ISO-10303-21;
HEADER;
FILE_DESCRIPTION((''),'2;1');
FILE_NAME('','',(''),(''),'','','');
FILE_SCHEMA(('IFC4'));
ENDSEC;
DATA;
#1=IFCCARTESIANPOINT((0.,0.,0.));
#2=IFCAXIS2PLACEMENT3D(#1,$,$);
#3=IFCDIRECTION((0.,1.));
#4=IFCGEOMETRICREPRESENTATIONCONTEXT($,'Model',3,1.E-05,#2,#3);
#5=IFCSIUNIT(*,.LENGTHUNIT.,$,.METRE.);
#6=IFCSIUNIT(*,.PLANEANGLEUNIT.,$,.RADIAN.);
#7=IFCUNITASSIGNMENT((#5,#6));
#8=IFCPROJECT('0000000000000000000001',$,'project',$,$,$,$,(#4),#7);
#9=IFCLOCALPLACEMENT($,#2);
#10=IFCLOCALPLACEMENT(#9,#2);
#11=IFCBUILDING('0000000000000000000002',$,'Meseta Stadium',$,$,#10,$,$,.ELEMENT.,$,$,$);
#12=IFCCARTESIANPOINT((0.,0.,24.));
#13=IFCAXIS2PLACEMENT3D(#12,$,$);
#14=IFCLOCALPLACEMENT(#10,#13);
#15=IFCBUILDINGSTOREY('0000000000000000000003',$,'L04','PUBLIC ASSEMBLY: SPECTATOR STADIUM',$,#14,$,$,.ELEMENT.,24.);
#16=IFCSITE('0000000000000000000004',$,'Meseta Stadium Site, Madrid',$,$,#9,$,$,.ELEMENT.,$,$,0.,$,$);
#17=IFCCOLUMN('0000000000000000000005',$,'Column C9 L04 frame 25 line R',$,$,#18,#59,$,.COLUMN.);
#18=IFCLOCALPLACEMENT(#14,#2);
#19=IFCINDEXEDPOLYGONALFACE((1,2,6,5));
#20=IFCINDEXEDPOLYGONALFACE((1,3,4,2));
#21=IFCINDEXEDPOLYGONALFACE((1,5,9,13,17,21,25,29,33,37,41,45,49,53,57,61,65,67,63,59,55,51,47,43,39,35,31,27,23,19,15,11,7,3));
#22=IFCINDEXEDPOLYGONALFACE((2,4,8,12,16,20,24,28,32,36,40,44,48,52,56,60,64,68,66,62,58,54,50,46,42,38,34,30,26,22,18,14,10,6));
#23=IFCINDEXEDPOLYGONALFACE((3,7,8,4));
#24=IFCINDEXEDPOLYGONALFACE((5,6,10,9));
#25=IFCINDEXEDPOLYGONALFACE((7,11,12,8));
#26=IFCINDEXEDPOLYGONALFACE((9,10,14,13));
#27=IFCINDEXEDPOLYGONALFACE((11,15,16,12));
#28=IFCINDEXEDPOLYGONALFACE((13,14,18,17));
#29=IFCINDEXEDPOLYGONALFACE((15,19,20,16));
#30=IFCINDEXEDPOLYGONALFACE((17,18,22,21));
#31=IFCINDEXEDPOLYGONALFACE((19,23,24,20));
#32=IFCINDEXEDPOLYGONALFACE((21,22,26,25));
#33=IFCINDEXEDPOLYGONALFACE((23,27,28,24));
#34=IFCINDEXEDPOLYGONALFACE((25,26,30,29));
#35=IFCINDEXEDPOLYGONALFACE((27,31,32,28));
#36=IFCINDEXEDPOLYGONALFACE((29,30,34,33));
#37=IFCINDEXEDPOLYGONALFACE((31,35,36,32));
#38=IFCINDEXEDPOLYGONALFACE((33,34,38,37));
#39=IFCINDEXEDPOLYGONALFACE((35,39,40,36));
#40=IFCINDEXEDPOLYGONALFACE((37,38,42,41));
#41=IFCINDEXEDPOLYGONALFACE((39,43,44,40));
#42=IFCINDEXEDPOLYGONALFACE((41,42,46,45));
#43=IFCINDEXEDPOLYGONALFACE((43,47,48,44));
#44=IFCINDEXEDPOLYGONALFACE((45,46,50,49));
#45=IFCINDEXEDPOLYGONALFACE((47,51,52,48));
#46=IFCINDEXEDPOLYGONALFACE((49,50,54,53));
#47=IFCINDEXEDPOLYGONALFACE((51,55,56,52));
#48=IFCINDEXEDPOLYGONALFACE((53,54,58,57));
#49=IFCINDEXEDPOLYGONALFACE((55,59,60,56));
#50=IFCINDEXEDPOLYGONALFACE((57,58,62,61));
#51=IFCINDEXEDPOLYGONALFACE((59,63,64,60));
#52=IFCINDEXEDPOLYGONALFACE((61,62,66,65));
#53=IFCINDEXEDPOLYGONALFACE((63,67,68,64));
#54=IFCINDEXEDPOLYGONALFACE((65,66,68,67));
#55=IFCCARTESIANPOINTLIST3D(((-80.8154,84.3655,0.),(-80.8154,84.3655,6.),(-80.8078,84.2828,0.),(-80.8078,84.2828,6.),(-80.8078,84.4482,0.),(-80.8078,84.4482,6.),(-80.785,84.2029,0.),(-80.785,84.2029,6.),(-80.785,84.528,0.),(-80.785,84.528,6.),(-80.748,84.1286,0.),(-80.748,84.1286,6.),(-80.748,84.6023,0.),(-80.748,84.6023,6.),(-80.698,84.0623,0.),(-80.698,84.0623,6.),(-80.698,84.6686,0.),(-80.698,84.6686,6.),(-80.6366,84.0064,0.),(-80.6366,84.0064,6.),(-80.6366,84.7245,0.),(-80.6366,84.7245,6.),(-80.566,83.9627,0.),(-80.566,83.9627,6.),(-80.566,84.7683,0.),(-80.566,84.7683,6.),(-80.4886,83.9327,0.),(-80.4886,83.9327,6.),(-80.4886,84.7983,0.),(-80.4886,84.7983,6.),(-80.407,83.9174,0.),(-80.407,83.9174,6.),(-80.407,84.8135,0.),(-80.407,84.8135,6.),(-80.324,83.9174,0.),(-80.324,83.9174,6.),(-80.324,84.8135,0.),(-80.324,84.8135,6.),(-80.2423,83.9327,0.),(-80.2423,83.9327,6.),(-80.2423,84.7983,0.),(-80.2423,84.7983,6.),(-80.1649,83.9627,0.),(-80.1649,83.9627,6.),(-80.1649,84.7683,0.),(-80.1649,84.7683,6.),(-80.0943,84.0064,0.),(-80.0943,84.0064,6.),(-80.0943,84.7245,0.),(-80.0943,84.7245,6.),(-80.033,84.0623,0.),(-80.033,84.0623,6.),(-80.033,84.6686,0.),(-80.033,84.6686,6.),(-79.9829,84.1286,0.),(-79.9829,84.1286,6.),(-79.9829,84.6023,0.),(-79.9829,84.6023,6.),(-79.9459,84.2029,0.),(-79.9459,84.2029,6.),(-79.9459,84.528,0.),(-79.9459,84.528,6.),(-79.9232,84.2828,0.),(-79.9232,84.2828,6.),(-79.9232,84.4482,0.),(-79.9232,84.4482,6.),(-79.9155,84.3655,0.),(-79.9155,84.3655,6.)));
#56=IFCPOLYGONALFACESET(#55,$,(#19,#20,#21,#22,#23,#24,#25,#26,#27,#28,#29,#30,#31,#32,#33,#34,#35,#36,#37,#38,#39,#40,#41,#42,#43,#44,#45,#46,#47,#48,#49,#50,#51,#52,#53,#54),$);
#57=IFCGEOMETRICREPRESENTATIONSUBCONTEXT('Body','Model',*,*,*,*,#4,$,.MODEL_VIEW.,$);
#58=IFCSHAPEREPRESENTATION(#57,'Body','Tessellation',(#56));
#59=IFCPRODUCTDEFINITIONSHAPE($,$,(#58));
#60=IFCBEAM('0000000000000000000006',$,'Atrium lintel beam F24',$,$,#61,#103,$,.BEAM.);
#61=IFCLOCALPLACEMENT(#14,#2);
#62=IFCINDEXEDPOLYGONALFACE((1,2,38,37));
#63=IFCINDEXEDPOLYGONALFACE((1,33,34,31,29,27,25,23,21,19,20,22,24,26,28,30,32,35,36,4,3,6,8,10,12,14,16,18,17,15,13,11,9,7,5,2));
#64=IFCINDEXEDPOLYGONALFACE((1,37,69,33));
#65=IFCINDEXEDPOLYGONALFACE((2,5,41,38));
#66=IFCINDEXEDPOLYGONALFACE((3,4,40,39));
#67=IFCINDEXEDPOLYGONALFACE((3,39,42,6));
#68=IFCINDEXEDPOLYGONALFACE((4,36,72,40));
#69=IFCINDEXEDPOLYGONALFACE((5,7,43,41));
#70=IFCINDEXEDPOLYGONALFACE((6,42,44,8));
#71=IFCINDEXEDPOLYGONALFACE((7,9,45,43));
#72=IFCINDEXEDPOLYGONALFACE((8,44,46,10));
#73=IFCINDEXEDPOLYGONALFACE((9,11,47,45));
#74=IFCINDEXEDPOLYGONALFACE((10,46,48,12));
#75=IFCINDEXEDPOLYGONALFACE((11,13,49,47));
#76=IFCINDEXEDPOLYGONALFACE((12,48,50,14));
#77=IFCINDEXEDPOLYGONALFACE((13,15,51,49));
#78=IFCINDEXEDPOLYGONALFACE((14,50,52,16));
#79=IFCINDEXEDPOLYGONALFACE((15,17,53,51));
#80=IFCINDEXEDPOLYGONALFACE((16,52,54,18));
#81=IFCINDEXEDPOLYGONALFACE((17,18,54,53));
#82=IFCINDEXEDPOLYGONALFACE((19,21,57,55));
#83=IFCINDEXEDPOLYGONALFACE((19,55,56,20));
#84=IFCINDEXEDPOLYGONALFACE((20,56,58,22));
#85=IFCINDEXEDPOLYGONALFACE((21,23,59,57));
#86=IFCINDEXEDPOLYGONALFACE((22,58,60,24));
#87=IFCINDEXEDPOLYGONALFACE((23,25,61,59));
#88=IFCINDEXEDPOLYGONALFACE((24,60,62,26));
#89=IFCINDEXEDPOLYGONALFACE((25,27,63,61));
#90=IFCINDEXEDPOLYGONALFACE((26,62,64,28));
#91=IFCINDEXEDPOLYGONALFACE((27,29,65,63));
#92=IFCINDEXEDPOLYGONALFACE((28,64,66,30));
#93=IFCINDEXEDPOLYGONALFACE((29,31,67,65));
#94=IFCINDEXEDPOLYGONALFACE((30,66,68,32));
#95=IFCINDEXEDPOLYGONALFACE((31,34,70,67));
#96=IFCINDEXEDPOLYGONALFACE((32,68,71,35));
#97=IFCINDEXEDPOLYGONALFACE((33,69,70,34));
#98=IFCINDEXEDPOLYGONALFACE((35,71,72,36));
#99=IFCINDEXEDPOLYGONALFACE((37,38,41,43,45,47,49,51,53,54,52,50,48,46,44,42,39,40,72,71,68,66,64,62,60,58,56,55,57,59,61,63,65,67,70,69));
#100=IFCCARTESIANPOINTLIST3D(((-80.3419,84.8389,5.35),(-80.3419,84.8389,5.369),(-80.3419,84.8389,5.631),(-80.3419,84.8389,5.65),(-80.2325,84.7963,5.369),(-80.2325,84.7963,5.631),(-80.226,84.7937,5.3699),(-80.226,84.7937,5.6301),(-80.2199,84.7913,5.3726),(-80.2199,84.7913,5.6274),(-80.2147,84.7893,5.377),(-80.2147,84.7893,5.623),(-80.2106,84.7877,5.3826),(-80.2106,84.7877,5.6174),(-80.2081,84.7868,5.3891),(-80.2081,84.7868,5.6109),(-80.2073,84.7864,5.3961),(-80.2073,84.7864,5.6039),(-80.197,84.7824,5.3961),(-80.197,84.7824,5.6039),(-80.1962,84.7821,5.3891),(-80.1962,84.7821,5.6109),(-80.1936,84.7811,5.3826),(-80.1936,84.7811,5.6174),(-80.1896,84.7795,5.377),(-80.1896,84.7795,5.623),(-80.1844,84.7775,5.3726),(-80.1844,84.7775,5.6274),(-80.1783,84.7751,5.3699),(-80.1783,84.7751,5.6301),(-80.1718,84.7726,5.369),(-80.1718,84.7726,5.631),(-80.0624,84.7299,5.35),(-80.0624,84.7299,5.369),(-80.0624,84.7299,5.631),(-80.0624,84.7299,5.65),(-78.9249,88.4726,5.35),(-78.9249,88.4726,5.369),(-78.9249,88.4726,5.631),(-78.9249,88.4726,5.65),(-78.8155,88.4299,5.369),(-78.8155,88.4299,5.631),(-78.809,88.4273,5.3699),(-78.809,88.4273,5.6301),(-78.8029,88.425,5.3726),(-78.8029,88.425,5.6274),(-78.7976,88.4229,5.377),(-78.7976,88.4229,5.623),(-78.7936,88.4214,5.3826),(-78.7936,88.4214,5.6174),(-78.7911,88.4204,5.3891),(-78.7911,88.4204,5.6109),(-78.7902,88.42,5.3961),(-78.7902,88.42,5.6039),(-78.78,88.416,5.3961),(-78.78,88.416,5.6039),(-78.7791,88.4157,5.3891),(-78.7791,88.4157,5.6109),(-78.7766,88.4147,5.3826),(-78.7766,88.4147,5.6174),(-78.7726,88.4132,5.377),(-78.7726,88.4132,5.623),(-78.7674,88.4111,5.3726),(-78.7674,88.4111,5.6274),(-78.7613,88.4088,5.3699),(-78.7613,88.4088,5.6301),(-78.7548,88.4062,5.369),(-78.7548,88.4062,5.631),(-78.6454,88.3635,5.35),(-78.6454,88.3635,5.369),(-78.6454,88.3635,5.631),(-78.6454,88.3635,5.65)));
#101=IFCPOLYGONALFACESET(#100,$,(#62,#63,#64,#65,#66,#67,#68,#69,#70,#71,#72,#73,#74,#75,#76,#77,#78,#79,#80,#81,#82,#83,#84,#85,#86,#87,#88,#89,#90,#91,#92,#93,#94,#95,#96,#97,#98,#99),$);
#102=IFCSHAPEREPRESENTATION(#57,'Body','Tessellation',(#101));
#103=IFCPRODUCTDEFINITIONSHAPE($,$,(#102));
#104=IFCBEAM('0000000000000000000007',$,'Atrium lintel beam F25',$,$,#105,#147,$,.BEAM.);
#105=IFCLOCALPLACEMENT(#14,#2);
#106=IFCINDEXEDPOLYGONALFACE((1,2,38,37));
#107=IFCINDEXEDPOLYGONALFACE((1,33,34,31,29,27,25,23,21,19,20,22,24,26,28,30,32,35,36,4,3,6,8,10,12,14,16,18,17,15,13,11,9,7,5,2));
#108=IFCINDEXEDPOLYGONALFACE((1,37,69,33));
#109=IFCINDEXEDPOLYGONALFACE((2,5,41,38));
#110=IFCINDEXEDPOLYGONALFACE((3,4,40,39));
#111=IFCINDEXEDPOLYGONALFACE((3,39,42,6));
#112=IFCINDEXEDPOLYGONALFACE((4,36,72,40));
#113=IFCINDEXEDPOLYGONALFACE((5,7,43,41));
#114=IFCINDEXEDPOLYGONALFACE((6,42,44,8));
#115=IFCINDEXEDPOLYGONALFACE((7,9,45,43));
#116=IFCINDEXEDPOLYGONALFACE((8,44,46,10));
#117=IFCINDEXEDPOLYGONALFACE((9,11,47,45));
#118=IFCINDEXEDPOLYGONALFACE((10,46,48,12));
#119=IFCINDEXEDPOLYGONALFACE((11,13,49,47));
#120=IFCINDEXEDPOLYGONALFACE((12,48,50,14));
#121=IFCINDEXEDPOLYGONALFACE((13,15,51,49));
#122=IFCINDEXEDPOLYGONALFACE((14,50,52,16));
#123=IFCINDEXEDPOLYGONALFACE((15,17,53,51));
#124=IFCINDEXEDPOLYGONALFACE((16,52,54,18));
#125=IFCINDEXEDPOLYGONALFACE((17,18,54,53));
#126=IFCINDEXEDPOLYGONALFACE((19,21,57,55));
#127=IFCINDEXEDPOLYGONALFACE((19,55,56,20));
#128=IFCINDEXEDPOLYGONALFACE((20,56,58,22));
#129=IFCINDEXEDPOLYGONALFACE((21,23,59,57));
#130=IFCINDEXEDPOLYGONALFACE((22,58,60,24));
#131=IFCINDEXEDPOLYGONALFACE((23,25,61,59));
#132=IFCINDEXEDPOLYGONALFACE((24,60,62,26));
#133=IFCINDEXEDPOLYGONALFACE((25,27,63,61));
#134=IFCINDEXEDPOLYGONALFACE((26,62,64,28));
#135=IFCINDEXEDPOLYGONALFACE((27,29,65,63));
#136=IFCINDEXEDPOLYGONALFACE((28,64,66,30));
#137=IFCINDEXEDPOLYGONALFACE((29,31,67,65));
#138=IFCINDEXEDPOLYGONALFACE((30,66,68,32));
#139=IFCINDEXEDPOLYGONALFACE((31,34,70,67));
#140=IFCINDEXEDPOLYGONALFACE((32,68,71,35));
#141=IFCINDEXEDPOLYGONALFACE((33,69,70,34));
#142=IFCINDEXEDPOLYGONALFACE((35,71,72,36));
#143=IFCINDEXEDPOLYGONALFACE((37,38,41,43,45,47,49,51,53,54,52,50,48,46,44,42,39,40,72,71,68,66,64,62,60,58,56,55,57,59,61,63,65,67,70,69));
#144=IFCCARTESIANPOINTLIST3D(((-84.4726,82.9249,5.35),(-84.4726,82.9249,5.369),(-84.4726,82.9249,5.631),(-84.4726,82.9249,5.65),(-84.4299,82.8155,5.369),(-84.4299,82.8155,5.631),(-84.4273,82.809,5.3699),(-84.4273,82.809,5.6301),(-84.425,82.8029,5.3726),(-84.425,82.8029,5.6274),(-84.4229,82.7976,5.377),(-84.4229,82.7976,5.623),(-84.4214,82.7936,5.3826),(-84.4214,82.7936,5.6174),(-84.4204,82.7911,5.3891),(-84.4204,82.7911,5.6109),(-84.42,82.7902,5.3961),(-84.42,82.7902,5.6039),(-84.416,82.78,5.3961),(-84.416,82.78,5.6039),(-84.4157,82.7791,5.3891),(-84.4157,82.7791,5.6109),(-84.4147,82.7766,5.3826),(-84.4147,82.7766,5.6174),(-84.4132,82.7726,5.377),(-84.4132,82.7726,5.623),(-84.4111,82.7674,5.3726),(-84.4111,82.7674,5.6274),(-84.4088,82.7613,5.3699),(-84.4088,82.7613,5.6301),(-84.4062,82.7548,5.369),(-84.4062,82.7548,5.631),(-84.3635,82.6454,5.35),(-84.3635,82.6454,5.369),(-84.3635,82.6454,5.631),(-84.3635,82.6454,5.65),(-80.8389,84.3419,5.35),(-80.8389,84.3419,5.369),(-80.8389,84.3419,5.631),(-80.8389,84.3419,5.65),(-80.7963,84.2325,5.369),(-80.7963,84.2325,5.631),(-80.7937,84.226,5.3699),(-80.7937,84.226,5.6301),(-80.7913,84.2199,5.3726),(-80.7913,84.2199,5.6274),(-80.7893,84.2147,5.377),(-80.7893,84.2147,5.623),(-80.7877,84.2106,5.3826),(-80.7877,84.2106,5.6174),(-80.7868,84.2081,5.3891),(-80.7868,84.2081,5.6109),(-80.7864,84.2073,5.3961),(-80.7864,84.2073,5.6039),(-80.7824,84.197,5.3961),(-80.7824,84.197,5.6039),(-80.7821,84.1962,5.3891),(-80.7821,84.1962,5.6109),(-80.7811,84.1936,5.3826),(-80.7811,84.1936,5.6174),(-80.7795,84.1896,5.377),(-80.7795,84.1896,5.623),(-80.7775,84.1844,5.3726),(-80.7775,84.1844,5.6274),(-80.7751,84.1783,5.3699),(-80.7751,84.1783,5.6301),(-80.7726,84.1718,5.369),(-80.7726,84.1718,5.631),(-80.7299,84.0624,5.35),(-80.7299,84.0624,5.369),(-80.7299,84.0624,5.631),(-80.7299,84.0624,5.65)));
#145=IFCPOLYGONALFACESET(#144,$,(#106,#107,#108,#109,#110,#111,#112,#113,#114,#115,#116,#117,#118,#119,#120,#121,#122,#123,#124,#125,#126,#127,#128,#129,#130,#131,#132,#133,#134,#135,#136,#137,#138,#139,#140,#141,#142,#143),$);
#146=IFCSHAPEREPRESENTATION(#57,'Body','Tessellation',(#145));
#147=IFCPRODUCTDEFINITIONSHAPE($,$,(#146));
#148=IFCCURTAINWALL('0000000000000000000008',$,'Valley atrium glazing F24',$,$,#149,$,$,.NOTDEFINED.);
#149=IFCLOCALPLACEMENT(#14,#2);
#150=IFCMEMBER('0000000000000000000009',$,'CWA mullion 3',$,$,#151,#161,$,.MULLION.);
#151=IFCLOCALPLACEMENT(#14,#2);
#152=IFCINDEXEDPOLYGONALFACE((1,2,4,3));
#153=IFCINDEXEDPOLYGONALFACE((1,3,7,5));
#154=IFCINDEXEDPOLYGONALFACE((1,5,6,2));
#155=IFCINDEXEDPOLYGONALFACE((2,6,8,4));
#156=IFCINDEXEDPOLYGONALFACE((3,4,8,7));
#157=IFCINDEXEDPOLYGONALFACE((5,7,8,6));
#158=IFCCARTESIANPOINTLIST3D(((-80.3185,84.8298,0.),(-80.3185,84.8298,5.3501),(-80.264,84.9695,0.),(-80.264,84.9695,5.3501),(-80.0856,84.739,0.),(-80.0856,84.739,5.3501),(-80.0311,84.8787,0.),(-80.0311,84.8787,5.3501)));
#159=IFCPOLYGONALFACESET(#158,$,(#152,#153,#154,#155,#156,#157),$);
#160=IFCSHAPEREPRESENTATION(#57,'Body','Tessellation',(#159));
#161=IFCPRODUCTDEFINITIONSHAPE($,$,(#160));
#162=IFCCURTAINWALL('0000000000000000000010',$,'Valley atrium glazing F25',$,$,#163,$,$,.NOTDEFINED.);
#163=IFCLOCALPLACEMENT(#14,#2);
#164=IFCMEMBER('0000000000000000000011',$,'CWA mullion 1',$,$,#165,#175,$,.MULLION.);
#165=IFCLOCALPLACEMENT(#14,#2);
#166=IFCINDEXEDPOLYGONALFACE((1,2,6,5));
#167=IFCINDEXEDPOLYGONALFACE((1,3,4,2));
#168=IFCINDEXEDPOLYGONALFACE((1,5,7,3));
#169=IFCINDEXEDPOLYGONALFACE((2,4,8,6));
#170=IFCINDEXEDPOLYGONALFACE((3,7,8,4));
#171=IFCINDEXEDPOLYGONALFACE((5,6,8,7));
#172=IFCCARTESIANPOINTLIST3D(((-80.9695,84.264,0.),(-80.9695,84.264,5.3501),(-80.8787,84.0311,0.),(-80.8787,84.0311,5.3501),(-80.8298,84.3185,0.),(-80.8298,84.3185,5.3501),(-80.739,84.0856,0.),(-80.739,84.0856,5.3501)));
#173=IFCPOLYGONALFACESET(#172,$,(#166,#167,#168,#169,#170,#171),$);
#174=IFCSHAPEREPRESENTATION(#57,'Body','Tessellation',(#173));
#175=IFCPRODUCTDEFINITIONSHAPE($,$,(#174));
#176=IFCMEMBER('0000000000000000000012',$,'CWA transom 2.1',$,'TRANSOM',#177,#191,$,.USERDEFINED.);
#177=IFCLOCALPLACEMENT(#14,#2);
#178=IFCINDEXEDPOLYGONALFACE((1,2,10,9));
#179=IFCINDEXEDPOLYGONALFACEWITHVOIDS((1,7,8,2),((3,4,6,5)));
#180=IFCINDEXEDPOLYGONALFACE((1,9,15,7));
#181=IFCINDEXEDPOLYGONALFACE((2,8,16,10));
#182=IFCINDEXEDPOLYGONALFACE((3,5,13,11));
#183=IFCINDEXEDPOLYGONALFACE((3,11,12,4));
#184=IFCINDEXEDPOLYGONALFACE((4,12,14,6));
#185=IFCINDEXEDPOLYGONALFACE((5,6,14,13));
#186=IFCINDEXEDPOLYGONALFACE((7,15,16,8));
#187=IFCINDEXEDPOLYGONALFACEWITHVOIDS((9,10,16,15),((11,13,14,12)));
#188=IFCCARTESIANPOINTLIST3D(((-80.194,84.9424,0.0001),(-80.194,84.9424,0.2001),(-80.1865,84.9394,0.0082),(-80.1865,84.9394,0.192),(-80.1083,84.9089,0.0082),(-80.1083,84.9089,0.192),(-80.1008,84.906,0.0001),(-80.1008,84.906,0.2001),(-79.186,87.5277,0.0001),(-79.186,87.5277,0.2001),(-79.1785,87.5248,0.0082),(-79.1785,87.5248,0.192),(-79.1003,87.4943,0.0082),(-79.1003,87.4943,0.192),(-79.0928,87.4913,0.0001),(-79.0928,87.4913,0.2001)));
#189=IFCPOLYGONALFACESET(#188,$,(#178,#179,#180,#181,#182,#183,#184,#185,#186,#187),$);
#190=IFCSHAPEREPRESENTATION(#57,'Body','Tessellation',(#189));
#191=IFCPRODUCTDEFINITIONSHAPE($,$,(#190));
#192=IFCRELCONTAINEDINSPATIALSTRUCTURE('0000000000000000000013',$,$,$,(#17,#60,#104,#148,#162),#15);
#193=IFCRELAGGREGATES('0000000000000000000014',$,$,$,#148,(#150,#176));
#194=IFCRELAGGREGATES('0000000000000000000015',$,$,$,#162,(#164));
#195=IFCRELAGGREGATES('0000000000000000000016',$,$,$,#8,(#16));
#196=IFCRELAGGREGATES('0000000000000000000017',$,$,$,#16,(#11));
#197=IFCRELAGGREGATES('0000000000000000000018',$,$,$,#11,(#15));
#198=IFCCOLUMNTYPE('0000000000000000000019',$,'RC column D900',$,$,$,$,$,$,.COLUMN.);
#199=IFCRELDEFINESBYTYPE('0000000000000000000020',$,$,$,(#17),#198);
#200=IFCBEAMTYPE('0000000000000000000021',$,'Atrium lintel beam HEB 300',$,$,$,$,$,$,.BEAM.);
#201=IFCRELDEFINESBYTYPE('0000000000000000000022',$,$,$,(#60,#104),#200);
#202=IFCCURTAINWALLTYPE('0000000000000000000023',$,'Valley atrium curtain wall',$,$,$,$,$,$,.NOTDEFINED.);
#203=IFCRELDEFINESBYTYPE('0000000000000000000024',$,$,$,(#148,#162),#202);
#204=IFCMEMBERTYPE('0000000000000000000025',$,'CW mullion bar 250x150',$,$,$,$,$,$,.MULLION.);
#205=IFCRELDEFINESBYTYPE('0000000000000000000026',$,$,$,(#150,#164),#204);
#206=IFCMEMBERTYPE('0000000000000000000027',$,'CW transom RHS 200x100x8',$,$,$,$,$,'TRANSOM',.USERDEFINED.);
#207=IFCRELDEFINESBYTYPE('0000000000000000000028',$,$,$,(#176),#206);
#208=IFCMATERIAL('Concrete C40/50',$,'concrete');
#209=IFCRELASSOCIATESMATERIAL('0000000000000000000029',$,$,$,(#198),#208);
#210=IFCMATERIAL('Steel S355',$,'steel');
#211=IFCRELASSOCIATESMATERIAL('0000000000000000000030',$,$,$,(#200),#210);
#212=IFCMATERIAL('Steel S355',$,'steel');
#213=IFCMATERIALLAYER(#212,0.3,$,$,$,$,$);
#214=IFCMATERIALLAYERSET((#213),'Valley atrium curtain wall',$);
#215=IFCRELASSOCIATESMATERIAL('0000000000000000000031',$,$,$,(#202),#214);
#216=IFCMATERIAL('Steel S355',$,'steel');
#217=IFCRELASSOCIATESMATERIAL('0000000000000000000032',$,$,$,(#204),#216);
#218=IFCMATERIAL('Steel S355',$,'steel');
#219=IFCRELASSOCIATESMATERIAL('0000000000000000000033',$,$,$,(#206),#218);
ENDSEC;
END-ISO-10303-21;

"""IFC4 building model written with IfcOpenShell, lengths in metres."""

from ifc_helpers import new_model, si_unit, direction, frame, origin, origin_2d, place, context, subcontext, project, spatial, rectangle, hollow_rectangle, circle, i_section, extrude, material, layer, layer_set, material_profile, profile_set, type_object, element, aggregate, save


model = new_model("IFC4")

# Units and contexts
model_context = context("Model", 3, precision=1e-05, world=origin(), true_north=direction((0.0, 1.0)))
body_context = subcontext(model_context, "Body", "Model", "MODEL_VIEW")
ifc_project = project(units=[si_unit("LENGTHUNIT", "METRE"), si_unit("PLANEANGLEUNIT", "RADIAN")], contexts=[model_context])

# Site, building, storey
site_placement = place(None, origin())
site = spatial("IfcSite", under=ifc_project, at=site_placement, Name="Meseta Stadium Site, Madrid", CompositionType="ELEMENT", RefElevation=0.0)
building_placement = place(site_placement, origin())
building = spatial("IfcBuilding", under=site, at=building_placement, Name="Meseta Stadium", CompositionType="ELEMENT")
storey_placement = place(building_placement, frame((0.0, 0.0, 24.0)))
storey = spatial("IfcBuildingStorey", under=building, at=storey_placement, Name="L04", Description="PUBLIC ASSEMBLY: SPECTATOR STADIUM", CompositionType="ELEMENT", Elevation=24.0)

# Column
ifc_material_1 = material(Name="Concrete C40/50", Category="concrete")
ifc_material_profile_1 = material_profile(ifc_material_1, circle(Radius=0.45, at=origin_2d()), Name="RC D900")
ifc_profile_set_1 = profile_set([ifc_material_profile_1], Name="Concrete C40/50")
column_type = type_object("IfcColumnType", Name="RC column D900", PredefinedType="COLUMN", material=ifc_profile_set_1)
column_placement = place(storey_placement, frame((-80.3655, 84.3655, 0.0), z_axis=(0.0, 0.0, 1.0), x_axis=(1.0, 0.0, 0.0)))
element("IfcColumn", 1, at=column_placement, inside=storey, type_object=column_type, Name="Column C9 L04 frame 25 line R", PredefinedType="COLUMN", context=body_context, shape_type="SweptSolid", body=[
    extrude(circle(Radius=0.45, at=origin_2d()), origin(), (0.0, 0.0, 1.0), 6.0),
])

# Beams
ifc_material_2 = material(Name="Steel S355", Category="steel")
ifc_material_profile_2 = material_profile(ifc_material_2, i_section(OverallWidth=0.3, OverallDepth=0.3, WebThickness=0.011, FlangeThickness=0.019, FilletRadius=0.0271, at=origin_2d()), Name="HEB 300")
ifc_profile_set_2 = profile_set([ifc_material_profile_2], Name="Steel S355")
beam_type_1 = type_object("IfcBeamType", Name="Atrium lintel beam HEB 300", PredefinedType="BEAM", material=ifc_profile_set_2)
for number, where, z_axis, x_axis, name in (
    (2, (-80.2021, 84.7844, 5.5), (0.363325, 0.931662, 0.0), (-0.931662, 0.363325, 0.0), "Atrium lintel beam F24"),
    (3, (-80.7844, 84.2021, 5.5), (-0.931662, -0.363325, 0.0), (0.363325, -0.931662, 0.0), "Atrium lintel beam F25"),
):
    element("IfcBeam", number, at=place(storey_placement, frame(where, z_axis=z_axis, x_axis=x_axis)), inside=storey, type_object=beam_type_1, Name=name, PredefinedType="BEAM", context=body_context, shape_type="SweptSolid", body=[
        extrude(i_section(OverallWidth=0.3, OverallDepth=0.3, WebThickness=0.011, FlangeThickness=0.019, FilletRadius=0.0271, at=origin_2d()), origin(), (0.0, 0.0, 1.0), 3.9001),
    ])

# Curtain walls, members
ifc_material_3 = material(Name="Steel S355", Category="steel")
ifc_layer_1 = layer(ifc_material_3, 0.3)
ifc_layer_set_1 = layer_set([ifc_layer_1], Name="Valley atrium curtain wall")
curtain_wall_type = type_object("IfcCurtainWallType", Name="Valley atrium curtain wall", PredefinedType="NOTDEFINED", material=ifc_layer_set_1)
curtain_wall_1_placement = place(storey_placement, origin())
curtain_wall_1 = element("IfcCurtainWall", 4, at=curtain_wall_1_placement, inside=storey, type_object=curtain_wall_type, Name="Valley atrium glazing F24", PredefinedType="NOTDEFINED")
ifc_material_4 = material(Name="Steel S355", Category="steel")
ifc_material_profile_3 = material_profile(ifc_material_4, rectangle(XDim=0.25, YDim=0.1499, at=origin_2d()), Name="CW 250x150")
ifc_profile_set_3 = profile_set([ifc_material_profile_3], Name="Steel S355")
member_type_1 = type_object("IfcMemberType", Name="CW mullion bar 250x150", PredefinedType="MULLION", material=ifc_profile_set_3)
member_1_placement = place(storey_placement, frame((-80.1748, 84.8542, 0.0), z_axis=(0.0, 0.0, 1.0), x_axis=(0.93168, -0.36328, 0.0)))
member_1 = element("IfcMember", 5, at=member_1_placement, type_object=member_type_1, Name="CWA mullion 3", PredefinedType="MULLION", context=body_context, shape_type="SweptSolid", body=[
    extrude(rectangle(XDim=0.25, YDim=0.1499, at=origin_2d()), origin(), (0.0, 0.0, 1.0), 5.3501),
])
curtain_wall_2_placement = place(storey_placement, origin())
curtain_wall_2 = element("IfcCurtainWall", 6, at=curtain_wall_2_placement, inside=storey, type_object=curtain_wall_type, Name="Valley atrium glazing F25", PredefinedType="NOTDEFINED")
member_2_placement = place(storey_placement, frame((-80.8542, 84.1748, 0.0), z_axis=(0.0, 0.0, 1.0), x_axis=(0.36328, -0.93168, 0.0)))
member_2 = element("IfcMember", 7, at=member_2_placement, type_object=member_type_1, Name="CWA mullion 1", PredefinedType="MULLION", context=body_context, shape_type="SweptSolid", body=[
    extrude(rectangle(XDim=0.25, YDim=0.1499, at=origin_2d()), origin(), (0.0, 0.0, 1.0), 5.3501),
])

# Member
ifc_material_5 = material(Name="Steel S355", Category="steel")
ifc_material_profile_4 = material_profile(ifc_material_5, hollow_rectangle(XDim=0.1001, YDim=0.2, WallThickness=0.0081, at=origin_2d()), Name="RHS 200x100x8")
ifc_profile_set_4 = profile_set([ifc_material_profile_4], Name="Steel S355")
member_type_2 = type_object("IfcMemberType", Name="CW transom RHS 200x100x8", ElementType="TRANSOM", PredefinedType="USERDEFINED", material=ifc_profile_set_4)
member_3_placement = place(storey_placement, frame((-79.1394, 87.5095, 0.1001), z_axis=(-0.363261, -0.931687, 0.0), x_axis=(0.931687, -0.363261, 0.0)))
member_3 = element("IfcMember", 8, at=member_3_placement, type_object=member_type_2, Name="CWA transom 2.1", ObjectType="TRANSOM", PredefinedType="USERDEFINED", context=body_context, shape_type="SweptSolid", body=[
    extrude(hollow_rectangle(XDim=0.1001, YDim=0.2, WallThickness=0.0081, at=origin_2d()), origin(), (0.0, 0.0, 1.0), 2.7749),
])

aggregate(curtain_wall_1, [member_1, member_3])
aggregate(curtain_wall_2, [member_2])

save(model, "model.ifc")
